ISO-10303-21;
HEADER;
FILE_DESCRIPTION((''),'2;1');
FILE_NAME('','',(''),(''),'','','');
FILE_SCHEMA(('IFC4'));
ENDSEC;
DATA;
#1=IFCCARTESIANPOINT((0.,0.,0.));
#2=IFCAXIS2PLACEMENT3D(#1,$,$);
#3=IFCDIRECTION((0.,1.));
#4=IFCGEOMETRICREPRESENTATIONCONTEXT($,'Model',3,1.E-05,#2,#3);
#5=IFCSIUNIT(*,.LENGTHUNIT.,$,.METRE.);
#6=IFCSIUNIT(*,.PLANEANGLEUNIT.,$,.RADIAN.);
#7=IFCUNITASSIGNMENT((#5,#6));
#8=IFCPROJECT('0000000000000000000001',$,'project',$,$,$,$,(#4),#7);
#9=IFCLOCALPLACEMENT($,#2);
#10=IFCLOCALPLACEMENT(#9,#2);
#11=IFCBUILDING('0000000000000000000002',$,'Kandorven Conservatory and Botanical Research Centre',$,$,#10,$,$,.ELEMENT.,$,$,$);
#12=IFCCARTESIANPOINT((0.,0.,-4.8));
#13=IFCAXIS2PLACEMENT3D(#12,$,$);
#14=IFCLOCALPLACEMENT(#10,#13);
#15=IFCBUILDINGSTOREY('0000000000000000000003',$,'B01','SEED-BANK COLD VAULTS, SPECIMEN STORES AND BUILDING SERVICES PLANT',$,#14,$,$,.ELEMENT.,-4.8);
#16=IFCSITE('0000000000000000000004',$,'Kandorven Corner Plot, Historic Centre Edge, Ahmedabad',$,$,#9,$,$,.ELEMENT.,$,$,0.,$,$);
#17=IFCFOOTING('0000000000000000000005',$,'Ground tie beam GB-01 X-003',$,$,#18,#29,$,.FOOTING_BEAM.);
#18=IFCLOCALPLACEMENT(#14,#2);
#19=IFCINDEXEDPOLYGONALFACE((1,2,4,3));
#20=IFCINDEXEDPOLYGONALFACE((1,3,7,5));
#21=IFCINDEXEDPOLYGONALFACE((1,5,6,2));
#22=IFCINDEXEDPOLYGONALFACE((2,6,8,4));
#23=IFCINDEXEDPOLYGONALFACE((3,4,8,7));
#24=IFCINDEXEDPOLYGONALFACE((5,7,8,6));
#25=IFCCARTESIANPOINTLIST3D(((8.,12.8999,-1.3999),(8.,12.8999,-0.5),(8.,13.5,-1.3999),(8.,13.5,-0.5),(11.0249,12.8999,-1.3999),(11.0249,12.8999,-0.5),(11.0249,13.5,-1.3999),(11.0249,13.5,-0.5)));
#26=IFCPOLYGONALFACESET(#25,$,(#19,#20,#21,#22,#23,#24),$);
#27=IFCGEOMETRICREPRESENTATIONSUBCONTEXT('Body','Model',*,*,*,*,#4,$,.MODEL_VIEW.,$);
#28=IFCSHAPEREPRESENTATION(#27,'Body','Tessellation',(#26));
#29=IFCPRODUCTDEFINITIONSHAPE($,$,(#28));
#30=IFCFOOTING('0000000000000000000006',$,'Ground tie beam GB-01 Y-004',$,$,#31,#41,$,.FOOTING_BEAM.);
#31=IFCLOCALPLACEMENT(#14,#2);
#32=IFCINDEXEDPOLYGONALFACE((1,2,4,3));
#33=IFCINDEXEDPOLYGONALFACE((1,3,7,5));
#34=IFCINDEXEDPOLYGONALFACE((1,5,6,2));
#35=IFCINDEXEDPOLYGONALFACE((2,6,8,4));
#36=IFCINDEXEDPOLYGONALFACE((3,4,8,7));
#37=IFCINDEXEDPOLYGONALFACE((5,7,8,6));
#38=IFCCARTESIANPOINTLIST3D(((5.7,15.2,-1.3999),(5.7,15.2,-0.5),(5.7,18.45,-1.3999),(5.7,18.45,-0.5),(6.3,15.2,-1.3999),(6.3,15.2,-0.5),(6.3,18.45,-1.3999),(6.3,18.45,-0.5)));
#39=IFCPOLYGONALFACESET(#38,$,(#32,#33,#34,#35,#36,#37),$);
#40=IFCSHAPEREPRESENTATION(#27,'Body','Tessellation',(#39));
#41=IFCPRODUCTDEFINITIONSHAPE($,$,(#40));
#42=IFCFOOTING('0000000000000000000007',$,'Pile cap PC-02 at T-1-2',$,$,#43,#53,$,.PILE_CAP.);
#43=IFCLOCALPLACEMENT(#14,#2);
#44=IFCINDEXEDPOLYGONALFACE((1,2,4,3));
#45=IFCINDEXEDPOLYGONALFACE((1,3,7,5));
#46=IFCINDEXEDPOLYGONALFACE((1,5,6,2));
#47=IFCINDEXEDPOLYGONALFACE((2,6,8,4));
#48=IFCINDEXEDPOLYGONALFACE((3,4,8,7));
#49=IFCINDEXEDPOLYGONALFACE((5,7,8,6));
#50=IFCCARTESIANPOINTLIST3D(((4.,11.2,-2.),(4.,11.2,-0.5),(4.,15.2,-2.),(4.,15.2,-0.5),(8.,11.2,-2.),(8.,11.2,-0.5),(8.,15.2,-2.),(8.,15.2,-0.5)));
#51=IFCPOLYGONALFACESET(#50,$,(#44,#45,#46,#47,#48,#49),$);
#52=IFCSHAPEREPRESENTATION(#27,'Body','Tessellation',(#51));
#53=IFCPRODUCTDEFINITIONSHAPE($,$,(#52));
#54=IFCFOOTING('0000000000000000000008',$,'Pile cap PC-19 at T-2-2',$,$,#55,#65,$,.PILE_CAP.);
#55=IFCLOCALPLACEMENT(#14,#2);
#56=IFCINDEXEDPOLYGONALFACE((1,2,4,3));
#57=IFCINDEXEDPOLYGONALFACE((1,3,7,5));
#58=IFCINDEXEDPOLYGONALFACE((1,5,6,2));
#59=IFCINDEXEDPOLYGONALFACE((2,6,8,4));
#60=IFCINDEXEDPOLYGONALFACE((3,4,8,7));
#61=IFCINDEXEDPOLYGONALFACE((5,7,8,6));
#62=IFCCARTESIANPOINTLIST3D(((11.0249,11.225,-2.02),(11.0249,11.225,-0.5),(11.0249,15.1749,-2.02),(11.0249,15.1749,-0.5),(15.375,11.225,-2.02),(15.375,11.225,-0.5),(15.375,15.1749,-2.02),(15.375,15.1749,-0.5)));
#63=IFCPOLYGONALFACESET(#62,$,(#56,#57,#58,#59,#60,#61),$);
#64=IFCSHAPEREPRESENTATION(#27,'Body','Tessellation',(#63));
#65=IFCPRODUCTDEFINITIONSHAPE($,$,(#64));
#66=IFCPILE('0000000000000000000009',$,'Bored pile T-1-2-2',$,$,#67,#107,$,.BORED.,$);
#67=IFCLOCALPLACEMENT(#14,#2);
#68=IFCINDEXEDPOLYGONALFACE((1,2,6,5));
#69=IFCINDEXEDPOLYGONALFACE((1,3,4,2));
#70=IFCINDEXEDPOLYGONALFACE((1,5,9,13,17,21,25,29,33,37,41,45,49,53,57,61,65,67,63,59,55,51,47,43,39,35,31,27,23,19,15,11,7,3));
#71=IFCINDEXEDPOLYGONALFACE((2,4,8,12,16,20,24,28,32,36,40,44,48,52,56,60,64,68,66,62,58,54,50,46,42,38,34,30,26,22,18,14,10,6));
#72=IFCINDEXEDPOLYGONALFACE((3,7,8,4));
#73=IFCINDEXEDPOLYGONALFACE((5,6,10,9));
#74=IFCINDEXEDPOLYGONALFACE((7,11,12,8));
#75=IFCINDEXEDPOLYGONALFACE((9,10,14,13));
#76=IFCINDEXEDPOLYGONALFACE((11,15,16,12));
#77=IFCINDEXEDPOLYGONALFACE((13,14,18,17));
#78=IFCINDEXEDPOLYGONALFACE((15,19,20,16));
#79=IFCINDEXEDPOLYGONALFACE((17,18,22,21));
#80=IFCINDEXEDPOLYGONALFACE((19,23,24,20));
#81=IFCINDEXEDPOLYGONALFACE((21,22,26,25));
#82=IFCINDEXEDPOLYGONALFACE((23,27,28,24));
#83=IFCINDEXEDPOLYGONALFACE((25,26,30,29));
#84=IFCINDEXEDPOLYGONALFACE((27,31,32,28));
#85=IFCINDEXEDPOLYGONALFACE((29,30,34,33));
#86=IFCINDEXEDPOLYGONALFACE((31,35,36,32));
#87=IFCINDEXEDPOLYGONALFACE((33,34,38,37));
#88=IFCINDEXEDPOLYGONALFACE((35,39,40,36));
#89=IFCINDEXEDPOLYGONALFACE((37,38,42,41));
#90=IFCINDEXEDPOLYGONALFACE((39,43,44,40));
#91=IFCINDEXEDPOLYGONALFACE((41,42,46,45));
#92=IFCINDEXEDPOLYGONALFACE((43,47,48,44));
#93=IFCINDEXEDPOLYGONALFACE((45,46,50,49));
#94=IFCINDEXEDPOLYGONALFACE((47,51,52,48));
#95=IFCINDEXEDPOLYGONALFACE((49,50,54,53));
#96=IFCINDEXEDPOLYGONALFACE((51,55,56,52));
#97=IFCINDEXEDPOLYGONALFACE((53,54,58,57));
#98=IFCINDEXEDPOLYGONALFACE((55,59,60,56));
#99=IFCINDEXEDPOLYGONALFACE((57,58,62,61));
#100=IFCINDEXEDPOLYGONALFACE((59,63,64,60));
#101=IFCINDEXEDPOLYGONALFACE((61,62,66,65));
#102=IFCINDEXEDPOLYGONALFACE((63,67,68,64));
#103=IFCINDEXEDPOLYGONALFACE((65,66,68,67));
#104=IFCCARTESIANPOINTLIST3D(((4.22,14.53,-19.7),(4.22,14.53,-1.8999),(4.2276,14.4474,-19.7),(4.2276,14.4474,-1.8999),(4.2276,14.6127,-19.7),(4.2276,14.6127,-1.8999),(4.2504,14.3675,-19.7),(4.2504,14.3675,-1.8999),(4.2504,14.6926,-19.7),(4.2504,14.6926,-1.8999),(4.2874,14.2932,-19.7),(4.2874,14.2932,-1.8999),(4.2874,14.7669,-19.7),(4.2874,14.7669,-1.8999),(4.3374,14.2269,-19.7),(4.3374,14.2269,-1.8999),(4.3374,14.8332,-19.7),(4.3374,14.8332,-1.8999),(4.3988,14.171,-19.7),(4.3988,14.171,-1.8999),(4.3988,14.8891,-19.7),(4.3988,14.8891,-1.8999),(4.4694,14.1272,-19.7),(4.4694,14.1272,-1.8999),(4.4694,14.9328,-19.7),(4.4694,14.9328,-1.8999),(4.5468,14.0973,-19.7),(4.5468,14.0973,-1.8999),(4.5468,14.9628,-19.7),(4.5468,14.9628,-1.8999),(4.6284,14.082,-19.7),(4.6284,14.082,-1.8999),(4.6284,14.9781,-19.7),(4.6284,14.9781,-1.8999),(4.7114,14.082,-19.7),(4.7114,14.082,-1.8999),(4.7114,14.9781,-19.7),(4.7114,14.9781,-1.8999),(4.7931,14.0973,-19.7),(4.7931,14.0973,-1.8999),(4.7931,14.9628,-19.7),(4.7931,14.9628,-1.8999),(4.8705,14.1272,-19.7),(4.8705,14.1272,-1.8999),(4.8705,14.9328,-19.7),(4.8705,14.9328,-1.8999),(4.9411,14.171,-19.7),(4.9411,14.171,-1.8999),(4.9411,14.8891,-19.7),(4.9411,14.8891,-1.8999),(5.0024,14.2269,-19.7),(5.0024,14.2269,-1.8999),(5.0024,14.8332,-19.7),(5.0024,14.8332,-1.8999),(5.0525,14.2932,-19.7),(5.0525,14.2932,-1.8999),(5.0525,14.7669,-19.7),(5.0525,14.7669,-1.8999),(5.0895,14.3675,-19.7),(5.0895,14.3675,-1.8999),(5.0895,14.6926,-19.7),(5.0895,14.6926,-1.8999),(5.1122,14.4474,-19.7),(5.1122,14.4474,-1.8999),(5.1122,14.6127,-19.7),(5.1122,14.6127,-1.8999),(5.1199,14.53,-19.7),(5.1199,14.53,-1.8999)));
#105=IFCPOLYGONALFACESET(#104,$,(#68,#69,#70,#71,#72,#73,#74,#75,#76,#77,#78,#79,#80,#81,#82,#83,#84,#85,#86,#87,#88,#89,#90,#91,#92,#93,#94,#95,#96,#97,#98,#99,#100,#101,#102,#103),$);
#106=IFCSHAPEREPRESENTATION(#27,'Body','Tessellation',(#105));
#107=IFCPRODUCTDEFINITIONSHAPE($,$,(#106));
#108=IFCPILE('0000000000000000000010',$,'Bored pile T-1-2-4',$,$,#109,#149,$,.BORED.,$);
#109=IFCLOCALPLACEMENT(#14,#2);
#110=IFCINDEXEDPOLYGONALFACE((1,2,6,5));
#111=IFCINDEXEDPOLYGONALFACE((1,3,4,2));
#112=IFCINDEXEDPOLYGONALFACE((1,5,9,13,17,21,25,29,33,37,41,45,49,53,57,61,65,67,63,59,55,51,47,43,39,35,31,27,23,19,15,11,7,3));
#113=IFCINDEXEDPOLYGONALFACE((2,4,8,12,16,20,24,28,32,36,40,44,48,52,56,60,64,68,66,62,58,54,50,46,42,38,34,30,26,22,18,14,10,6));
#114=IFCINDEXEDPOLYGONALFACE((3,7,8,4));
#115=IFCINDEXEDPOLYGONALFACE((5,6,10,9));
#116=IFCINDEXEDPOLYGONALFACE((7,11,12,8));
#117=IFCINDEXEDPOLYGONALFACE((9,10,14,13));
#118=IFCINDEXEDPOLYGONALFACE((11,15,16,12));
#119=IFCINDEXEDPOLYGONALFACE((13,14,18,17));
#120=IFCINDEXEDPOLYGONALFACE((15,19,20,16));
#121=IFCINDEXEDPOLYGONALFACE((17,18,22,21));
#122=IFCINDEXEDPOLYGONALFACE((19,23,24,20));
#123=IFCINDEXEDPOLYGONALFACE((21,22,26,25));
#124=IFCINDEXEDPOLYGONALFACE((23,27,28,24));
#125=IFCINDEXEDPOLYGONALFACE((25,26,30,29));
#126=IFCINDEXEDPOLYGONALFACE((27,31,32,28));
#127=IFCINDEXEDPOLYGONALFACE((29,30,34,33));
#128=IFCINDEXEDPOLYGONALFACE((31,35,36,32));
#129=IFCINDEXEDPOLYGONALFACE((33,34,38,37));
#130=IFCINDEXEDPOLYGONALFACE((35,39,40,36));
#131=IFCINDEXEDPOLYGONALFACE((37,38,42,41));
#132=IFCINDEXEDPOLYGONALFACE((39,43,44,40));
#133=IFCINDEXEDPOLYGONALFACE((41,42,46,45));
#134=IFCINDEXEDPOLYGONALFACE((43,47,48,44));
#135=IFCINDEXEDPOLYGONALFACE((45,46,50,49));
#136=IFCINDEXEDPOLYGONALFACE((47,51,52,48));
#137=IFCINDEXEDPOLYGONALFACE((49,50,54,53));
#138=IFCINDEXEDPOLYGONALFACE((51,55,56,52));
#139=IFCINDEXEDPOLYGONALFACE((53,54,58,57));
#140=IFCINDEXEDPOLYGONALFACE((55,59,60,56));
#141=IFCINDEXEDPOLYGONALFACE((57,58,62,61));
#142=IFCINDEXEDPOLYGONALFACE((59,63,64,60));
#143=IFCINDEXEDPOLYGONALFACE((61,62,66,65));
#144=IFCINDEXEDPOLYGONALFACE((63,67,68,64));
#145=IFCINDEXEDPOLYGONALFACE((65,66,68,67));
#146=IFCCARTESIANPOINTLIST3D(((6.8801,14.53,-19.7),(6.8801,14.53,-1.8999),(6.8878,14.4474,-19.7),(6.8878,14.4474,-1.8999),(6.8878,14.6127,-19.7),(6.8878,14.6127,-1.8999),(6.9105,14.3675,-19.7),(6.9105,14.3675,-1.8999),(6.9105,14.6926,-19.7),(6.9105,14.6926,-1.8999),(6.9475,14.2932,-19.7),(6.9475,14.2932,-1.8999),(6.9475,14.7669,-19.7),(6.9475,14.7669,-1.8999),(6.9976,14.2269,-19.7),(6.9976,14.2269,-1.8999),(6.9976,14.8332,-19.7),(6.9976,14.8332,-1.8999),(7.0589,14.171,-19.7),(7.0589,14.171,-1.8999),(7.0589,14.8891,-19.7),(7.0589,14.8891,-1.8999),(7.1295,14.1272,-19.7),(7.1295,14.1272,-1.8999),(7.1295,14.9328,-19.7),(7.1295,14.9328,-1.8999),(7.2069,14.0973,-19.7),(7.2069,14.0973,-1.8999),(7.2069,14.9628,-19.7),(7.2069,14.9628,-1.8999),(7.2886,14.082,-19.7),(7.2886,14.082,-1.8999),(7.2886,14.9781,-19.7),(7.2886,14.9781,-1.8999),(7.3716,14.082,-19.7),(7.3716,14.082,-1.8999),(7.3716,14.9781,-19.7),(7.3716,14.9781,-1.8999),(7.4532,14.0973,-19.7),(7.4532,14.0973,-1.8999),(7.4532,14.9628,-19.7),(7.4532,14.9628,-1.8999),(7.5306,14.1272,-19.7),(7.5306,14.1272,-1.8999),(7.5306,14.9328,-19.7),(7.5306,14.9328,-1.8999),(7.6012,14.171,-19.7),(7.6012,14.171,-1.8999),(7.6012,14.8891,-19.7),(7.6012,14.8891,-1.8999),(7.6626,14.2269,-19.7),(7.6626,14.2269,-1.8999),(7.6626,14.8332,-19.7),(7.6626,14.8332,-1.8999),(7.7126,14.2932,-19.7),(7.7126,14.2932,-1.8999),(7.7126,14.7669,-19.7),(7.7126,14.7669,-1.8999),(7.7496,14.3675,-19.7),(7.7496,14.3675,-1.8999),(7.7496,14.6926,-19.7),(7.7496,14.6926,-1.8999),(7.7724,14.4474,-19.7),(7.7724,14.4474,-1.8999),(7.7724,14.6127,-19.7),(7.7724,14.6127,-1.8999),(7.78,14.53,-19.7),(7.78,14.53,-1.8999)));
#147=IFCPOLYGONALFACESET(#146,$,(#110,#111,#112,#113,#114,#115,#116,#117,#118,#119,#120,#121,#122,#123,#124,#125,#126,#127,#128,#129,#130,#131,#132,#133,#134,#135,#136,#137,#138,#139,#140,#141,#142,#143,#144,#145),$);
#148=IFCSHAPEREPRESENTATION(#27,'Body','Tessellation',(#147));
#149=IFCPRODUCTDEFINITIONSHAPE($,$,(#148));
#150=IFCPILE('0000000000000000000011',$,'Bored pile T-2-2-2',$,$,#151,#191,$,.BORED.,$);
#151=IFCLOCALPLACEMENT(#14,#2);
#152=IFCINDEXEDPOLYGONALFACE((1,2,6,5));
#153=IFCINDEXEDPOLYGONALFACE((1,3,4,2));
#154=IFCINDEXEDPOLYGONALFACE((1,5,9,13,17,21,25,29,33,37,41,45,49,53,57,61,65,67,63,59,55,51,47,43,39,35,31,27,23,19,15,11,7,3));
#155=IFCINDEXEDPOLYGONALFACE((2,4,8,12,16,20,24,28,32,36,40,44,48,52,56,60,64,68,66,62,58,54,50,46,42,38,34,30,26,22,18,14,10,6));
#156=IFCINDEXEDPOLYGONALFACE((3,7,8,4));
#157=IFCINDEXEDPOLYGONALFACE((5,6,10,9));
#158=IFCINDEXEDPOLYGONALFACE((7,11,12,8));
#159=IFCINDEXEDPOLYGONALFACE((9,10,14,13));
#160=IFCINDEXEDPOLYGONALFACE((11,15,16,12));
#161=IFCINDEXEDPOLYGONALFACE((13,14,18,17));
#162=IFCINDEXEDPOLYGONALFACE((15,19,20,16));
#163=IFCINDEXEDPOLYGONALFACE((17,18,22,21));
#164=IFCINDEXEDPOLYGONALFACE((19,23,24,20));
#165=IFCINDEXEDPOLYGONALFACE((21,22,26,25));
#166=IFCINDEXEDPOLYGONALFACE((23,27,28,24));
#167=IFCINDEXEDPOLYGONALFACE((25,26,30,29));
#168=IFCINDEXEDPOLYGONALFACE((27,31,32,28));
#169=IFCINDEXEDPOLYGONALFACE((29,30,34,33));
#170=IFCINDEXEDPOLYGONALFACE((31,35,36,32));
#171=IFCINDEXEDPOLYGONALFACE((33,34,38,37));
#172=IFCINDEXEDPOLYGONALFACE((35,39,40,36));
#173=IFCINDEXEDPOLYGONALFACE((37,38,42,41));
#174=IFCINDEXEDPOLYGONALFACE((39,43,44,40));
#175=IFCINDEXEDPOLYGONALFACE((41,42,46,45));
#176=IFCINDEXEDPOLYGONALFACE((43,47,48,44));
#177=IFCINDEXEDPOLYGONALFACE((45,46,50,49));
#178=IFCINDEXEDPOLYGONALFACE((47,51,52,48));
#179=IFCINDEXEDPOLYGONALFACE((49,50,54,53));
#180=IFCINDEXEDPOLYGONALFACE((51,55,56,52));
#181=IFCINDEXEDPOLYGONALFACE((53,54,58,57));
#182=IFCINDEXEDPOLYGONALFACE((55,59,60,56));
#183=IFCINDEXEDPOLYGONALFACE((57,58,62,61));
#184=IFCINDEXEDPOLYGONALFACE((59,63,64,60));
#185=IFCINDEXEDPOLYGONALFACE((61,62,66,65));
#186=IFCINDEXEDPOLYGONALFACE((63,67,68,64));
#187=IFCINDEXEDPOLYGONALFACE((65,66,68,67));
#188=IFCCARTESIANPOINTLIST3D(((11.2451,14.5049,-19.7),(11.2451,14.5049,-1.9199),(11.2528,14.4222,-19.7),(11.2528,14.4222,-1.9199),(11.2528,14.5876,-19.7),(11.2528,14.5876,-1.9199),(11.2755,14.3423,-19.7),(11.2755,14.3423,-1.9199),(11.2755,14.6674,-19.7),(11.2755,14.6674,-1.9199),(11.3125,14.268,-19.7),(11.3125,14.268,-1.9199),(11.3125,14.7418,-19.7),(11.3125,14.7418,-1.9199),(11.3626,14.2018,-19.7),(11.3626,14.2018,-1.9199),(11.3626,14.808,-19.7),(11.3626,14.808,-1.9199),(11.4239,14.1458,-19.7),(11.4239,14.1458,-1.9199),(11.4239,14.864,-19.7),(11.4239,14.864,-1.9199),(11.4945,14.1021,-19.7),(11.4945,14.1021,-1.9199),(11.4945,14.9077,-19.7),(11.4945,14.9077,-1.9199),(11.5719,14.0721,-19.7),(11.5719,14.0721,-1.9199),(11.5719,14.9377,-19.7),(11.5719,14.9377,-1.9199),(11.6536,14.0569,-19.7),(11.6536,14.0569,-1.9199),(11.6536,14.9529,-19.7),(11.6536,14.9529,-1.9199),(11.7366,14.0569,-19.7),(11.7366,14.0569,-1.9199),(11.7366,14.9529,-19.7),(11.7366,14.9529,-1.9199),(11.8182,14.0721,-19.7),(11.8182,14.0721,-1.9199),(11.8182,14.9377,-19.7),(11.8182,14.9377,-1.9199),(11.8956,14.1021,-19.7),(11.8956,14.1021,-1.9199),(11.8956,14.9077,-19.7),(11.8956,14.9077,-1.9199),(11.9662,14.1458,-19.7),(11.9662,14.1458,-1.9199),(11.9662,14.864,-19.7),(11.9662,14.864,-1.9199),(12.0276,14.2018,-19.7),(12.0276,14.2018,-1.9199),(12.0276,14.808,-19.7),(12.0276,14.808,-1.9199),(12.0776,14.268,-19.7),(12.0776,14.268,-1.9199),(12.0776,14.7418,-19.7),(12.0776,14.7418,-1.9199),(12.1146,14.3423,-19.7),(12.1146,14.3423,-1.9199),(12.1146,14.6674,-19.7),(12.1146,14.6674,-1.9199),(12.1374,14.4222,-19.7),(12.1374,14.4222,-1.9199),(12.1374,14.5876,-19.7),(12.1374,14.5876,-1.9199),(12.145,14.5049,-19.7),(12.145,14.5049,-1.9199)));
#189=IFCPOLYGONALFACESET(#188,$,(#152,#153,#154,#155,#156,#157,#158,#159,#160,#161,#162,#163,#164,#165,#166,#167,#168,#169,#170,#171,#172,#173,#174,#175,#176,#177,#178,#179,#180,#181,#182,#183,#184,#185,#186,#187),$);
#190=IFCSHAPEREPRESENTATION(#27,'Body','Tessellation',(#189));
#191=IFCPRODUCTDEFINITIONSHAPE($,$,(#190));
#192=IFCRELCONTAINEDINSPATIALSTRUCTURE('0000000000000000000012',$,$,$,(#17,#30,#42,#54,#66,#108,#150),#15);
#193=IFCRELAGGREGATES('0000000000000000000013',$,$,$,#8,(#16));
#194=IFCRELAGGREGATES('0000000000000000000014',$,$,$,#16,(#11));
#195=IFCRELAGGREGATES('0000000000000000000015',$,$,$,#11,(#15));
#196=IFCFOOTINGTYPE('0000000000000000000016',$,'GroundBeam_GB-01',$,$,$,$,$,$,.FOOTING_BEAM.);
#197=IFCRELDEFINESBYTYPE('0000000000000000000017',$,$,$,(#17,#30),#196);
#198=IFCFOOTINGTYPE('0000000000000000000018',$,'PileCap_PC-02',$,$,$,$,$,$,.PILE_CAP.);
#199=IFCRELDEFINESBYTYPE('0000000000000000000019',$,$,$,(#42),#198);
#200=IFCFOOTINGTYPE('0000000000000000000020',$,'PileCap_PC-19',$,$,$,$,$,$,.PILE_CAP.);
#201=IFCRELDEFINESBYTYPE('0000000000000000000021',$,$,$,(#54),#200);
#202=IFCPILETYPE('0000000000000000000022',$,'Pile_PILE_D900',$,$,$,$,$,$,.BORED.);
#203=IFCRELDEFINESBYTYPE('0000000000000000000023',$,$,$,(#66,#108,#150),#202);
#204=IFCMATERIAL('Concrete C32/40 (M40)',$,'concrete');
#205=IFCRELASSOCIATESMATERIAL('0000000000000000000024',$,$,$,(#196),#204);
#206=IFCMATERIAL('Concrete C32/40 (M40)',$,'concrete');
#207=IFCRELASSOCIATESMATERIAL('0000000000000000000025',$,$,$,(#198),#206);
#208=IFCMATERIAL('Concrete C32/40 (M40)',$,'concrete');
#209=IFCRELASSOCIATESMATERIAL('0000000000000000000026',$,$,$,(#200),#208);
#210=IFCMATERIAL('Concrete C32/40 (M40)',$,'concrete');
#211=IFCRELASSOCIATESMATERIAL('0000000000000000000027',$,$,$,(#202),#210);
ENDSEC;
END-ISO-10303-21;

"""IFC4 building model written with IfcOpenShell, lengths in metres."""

from ifc_helpers import new_model, si_unit, direction, frame, origin, origin_2d, place, context, subcontext, project, spatial, rectangle, circle, extrude, material, material_profile, profile_set, type_object, element, save


model = new_model("IFC4")

# Units and contexts
model_context = context("Model", 3, precision=1e-05, world=origin(), true_north=direction((0.0, 1.0)))
body_context = subcontext(model_context, "Body", "Model", "MODEL_VIEW")
ifc_project = project(units=[si_unit("LENGTHUNIT", "METRE"), si_unit("PLANEANGLEUNIT", "RADIAN")], contexts=[model_context])

# Site, building, storey
site_placement = place(None, origin())
site = spatial("IfcSite", under=ifc_project, at=site_placement, Name="Kandorven Corner Plot, Historic Centre Edge, Ahmedabad", CompositionType="ELEMENT", RefElevation=0.0)
building_placement = place(site_placement, origin())
building = spatial("IfcBuilding", under=site, at=building_placement, Name="Kandorven Conservatory and Botanical Research Centre", CompositionType="ELEMENT")
storey_placement = place(building_placement, frame((0.0, 0.0, -4.8)))
storey = spatial("IfcBuildingStorey", under=building, at=storey_placement, Name="B01", Description="SEED-BANK COLD VAULTS, SPECIMEN STORES AND BUILDING SERVICES PLANT", CompositionType="ELEMENT", Elevation=-4.8)

# Footings
ifc_material_1 = material(Name="Concrete C32/40 (M40)", Category="concrete")
ifc_material_profile_1 = material_profile(ifc_material_1, rectangle(XDim=0.6001, YDim=0.8999, at=origin_2d()))
ifc_profile_set_1 = profile_set([ifc_material_profile_1], Name="Concrete C32/40 (M40)")
footing_type_1 = type_object("IfcFootingType", Name="GroundBeam_GB-01", PredefinedType="FOOTING_BEAM", material=ifc_profile_set_1)
footing_1_placement = place(storey_placement, frame((8.0, 13.2, -0.95), z_axis=(1.0, 0.0, 0.0), x_axis=(0.0, 1.0, 0.0)))
element("IfcFooting", 1, at=footing_1_placement, inside=storey, type_object=footing_type_1, Name="Ground tie beam GB-01 X-003", PredefinedType="FOOTING_BEAM", context=body_context, shape_type="SweptSolid", body=[
    extrude(rectangle(XDim=0.6001, YDim=0.8999, at=origin_2d()), origin(), (0.0, 0.0, 1.0), 3.0249),
])
footing_2_placement = place(storey_placement, frame((6.0, 15.2, -0.95), z_axis=(0.0, 1.0, 0.0), x_axis=(-1.0, 0.0, 0.0)))
element("IfcFooting", 2, at=footing_2_placement, inside=storey, type_object=footing_type_1, Name="Ground tie beam GB-01 Y-004", PredefinedType="FOOTING_BEAM", context=body_context, shape_type="SweptSolid", body=[
    extrude(rectangle(XDim=0.6001, YDim=0.8999, at=origin_2d()), origin(), (0.0, 0.0, 1.0), 3.25),
])
ifc_material_2 = material(Name="Concrete C32/40 (M40)", Category="concrete")
footing_type_2 = type_object("IfcFootingType", Name="PileCap_PC-02", PredefinedType="PILE_CAP", material=ifc_material_2)
footing_3_placement = place(storey_placement, frame((6.0, 13.2, -2.0), z_axis=(0.0, 0.0, 1.0), x_axis=(1.0, 0.0, 0.0)))
element("IfcFooting", 3, at=footing_3_placement, inside=storey, type_object=footing_type_2, Name="Pile cap PC-02 at T-1-2", PredefinedType="PILE_CAP", context=body_context, shape_type="SweptSolid", body=[
    extrude(rectangle(XDim=4.0, YDim=4.0, at=origin_2d()), origin(), (0.0, 0.0, 1.0), 1.5),
])
ifc_material_3 = material(Name="Concrete C32/40 (M40)", Category="concrete")
footing_type_3 = type_object("IfcFootingType", Name="PileCap_PC-19", PredefinedType="PILE_CAP", material=ifc_material_3)
footing_4_placement = place(storey_placement, frame((13.2, 13.2, -2.02), z_axis=(0.0, 0.0, 1.0), x_axis=(1.0, 0.0, 0.0)))
element("IfcFooting", 4, at=footing_4_placement, inside=storey, type_object=footing_type_3, Name="Pile cap PC-19 at T-2-2", PredefinedType="PILE_CAP", context=body_context, shape_type="SweptSolid", body=[
    extrude(rectangle(XDim=4.3501, YDim=3.95, at=origin_2d()), origin(), (0.0, 0.0, 1.0), 1.52),
])

# Piles
ifc_material_4 = material(Name="Concrete C32/40 (M40)", Category="concrete")
ifc_material_profile_2 = material_profile(ifc_material_4, circle(Radius=0.45, at=origin_2d()))
ifc_profile_set_2 = profile_set([ifc_material_profile_2], Name="Concrete C32/40 (M40)")
pile_type = type_object("IfcPileType", Name="Pile_PILE_D900", PredefinedType="BORED", material=ifc_profile_set_2)
for number, where, z_axis, x_axis, name in (
    (5, (4.6699, 14.53, -1.8999), (0.0, 0.0, -1.0), (1.0, 0.0, 0.0), "Bored pile T-1-2-2"),
    (6, (7.3301, 14.53, -1.8999), (0.0, 0.0, -1.0), (1.0, 0.0, 0.0), "Bored pile T-1-2-4"),
):
    element("IfcPile", number, at=place(storey_placement, frame(where, z_axis=z_axis, x_axis=x_axis)), inside=storey, type_object=pile_type, Name=name, PredefinedType="BORED", context=body_context, shape_type="SweptSolid", body=[
        extrude(circle(Radius=0.45, at=origin_2d()), origin(), (0.0, 0.0, 1.0), 17.8),
    ])
pile_placement = place(storey_placement, frame((11.6951, 14.5049, -1.9199), z_axis=(0.0, 0.0, -1.0), x_axis=(1.0, 0.0, 0.0)))
element("IfcPile", 7, at=pile_placement, inside=storey, type_object=pile_type, Name="Bored pile T-2-2-2", PredefinedType="BORED", context=body_context, shape_type="SweptSolid", body=[
    extrude(circle(Radius=0.45, at=origin_2d()), origin(), (0.0, 0.0, 1.0), 17.78),
])

save(model, "model.ifc")
